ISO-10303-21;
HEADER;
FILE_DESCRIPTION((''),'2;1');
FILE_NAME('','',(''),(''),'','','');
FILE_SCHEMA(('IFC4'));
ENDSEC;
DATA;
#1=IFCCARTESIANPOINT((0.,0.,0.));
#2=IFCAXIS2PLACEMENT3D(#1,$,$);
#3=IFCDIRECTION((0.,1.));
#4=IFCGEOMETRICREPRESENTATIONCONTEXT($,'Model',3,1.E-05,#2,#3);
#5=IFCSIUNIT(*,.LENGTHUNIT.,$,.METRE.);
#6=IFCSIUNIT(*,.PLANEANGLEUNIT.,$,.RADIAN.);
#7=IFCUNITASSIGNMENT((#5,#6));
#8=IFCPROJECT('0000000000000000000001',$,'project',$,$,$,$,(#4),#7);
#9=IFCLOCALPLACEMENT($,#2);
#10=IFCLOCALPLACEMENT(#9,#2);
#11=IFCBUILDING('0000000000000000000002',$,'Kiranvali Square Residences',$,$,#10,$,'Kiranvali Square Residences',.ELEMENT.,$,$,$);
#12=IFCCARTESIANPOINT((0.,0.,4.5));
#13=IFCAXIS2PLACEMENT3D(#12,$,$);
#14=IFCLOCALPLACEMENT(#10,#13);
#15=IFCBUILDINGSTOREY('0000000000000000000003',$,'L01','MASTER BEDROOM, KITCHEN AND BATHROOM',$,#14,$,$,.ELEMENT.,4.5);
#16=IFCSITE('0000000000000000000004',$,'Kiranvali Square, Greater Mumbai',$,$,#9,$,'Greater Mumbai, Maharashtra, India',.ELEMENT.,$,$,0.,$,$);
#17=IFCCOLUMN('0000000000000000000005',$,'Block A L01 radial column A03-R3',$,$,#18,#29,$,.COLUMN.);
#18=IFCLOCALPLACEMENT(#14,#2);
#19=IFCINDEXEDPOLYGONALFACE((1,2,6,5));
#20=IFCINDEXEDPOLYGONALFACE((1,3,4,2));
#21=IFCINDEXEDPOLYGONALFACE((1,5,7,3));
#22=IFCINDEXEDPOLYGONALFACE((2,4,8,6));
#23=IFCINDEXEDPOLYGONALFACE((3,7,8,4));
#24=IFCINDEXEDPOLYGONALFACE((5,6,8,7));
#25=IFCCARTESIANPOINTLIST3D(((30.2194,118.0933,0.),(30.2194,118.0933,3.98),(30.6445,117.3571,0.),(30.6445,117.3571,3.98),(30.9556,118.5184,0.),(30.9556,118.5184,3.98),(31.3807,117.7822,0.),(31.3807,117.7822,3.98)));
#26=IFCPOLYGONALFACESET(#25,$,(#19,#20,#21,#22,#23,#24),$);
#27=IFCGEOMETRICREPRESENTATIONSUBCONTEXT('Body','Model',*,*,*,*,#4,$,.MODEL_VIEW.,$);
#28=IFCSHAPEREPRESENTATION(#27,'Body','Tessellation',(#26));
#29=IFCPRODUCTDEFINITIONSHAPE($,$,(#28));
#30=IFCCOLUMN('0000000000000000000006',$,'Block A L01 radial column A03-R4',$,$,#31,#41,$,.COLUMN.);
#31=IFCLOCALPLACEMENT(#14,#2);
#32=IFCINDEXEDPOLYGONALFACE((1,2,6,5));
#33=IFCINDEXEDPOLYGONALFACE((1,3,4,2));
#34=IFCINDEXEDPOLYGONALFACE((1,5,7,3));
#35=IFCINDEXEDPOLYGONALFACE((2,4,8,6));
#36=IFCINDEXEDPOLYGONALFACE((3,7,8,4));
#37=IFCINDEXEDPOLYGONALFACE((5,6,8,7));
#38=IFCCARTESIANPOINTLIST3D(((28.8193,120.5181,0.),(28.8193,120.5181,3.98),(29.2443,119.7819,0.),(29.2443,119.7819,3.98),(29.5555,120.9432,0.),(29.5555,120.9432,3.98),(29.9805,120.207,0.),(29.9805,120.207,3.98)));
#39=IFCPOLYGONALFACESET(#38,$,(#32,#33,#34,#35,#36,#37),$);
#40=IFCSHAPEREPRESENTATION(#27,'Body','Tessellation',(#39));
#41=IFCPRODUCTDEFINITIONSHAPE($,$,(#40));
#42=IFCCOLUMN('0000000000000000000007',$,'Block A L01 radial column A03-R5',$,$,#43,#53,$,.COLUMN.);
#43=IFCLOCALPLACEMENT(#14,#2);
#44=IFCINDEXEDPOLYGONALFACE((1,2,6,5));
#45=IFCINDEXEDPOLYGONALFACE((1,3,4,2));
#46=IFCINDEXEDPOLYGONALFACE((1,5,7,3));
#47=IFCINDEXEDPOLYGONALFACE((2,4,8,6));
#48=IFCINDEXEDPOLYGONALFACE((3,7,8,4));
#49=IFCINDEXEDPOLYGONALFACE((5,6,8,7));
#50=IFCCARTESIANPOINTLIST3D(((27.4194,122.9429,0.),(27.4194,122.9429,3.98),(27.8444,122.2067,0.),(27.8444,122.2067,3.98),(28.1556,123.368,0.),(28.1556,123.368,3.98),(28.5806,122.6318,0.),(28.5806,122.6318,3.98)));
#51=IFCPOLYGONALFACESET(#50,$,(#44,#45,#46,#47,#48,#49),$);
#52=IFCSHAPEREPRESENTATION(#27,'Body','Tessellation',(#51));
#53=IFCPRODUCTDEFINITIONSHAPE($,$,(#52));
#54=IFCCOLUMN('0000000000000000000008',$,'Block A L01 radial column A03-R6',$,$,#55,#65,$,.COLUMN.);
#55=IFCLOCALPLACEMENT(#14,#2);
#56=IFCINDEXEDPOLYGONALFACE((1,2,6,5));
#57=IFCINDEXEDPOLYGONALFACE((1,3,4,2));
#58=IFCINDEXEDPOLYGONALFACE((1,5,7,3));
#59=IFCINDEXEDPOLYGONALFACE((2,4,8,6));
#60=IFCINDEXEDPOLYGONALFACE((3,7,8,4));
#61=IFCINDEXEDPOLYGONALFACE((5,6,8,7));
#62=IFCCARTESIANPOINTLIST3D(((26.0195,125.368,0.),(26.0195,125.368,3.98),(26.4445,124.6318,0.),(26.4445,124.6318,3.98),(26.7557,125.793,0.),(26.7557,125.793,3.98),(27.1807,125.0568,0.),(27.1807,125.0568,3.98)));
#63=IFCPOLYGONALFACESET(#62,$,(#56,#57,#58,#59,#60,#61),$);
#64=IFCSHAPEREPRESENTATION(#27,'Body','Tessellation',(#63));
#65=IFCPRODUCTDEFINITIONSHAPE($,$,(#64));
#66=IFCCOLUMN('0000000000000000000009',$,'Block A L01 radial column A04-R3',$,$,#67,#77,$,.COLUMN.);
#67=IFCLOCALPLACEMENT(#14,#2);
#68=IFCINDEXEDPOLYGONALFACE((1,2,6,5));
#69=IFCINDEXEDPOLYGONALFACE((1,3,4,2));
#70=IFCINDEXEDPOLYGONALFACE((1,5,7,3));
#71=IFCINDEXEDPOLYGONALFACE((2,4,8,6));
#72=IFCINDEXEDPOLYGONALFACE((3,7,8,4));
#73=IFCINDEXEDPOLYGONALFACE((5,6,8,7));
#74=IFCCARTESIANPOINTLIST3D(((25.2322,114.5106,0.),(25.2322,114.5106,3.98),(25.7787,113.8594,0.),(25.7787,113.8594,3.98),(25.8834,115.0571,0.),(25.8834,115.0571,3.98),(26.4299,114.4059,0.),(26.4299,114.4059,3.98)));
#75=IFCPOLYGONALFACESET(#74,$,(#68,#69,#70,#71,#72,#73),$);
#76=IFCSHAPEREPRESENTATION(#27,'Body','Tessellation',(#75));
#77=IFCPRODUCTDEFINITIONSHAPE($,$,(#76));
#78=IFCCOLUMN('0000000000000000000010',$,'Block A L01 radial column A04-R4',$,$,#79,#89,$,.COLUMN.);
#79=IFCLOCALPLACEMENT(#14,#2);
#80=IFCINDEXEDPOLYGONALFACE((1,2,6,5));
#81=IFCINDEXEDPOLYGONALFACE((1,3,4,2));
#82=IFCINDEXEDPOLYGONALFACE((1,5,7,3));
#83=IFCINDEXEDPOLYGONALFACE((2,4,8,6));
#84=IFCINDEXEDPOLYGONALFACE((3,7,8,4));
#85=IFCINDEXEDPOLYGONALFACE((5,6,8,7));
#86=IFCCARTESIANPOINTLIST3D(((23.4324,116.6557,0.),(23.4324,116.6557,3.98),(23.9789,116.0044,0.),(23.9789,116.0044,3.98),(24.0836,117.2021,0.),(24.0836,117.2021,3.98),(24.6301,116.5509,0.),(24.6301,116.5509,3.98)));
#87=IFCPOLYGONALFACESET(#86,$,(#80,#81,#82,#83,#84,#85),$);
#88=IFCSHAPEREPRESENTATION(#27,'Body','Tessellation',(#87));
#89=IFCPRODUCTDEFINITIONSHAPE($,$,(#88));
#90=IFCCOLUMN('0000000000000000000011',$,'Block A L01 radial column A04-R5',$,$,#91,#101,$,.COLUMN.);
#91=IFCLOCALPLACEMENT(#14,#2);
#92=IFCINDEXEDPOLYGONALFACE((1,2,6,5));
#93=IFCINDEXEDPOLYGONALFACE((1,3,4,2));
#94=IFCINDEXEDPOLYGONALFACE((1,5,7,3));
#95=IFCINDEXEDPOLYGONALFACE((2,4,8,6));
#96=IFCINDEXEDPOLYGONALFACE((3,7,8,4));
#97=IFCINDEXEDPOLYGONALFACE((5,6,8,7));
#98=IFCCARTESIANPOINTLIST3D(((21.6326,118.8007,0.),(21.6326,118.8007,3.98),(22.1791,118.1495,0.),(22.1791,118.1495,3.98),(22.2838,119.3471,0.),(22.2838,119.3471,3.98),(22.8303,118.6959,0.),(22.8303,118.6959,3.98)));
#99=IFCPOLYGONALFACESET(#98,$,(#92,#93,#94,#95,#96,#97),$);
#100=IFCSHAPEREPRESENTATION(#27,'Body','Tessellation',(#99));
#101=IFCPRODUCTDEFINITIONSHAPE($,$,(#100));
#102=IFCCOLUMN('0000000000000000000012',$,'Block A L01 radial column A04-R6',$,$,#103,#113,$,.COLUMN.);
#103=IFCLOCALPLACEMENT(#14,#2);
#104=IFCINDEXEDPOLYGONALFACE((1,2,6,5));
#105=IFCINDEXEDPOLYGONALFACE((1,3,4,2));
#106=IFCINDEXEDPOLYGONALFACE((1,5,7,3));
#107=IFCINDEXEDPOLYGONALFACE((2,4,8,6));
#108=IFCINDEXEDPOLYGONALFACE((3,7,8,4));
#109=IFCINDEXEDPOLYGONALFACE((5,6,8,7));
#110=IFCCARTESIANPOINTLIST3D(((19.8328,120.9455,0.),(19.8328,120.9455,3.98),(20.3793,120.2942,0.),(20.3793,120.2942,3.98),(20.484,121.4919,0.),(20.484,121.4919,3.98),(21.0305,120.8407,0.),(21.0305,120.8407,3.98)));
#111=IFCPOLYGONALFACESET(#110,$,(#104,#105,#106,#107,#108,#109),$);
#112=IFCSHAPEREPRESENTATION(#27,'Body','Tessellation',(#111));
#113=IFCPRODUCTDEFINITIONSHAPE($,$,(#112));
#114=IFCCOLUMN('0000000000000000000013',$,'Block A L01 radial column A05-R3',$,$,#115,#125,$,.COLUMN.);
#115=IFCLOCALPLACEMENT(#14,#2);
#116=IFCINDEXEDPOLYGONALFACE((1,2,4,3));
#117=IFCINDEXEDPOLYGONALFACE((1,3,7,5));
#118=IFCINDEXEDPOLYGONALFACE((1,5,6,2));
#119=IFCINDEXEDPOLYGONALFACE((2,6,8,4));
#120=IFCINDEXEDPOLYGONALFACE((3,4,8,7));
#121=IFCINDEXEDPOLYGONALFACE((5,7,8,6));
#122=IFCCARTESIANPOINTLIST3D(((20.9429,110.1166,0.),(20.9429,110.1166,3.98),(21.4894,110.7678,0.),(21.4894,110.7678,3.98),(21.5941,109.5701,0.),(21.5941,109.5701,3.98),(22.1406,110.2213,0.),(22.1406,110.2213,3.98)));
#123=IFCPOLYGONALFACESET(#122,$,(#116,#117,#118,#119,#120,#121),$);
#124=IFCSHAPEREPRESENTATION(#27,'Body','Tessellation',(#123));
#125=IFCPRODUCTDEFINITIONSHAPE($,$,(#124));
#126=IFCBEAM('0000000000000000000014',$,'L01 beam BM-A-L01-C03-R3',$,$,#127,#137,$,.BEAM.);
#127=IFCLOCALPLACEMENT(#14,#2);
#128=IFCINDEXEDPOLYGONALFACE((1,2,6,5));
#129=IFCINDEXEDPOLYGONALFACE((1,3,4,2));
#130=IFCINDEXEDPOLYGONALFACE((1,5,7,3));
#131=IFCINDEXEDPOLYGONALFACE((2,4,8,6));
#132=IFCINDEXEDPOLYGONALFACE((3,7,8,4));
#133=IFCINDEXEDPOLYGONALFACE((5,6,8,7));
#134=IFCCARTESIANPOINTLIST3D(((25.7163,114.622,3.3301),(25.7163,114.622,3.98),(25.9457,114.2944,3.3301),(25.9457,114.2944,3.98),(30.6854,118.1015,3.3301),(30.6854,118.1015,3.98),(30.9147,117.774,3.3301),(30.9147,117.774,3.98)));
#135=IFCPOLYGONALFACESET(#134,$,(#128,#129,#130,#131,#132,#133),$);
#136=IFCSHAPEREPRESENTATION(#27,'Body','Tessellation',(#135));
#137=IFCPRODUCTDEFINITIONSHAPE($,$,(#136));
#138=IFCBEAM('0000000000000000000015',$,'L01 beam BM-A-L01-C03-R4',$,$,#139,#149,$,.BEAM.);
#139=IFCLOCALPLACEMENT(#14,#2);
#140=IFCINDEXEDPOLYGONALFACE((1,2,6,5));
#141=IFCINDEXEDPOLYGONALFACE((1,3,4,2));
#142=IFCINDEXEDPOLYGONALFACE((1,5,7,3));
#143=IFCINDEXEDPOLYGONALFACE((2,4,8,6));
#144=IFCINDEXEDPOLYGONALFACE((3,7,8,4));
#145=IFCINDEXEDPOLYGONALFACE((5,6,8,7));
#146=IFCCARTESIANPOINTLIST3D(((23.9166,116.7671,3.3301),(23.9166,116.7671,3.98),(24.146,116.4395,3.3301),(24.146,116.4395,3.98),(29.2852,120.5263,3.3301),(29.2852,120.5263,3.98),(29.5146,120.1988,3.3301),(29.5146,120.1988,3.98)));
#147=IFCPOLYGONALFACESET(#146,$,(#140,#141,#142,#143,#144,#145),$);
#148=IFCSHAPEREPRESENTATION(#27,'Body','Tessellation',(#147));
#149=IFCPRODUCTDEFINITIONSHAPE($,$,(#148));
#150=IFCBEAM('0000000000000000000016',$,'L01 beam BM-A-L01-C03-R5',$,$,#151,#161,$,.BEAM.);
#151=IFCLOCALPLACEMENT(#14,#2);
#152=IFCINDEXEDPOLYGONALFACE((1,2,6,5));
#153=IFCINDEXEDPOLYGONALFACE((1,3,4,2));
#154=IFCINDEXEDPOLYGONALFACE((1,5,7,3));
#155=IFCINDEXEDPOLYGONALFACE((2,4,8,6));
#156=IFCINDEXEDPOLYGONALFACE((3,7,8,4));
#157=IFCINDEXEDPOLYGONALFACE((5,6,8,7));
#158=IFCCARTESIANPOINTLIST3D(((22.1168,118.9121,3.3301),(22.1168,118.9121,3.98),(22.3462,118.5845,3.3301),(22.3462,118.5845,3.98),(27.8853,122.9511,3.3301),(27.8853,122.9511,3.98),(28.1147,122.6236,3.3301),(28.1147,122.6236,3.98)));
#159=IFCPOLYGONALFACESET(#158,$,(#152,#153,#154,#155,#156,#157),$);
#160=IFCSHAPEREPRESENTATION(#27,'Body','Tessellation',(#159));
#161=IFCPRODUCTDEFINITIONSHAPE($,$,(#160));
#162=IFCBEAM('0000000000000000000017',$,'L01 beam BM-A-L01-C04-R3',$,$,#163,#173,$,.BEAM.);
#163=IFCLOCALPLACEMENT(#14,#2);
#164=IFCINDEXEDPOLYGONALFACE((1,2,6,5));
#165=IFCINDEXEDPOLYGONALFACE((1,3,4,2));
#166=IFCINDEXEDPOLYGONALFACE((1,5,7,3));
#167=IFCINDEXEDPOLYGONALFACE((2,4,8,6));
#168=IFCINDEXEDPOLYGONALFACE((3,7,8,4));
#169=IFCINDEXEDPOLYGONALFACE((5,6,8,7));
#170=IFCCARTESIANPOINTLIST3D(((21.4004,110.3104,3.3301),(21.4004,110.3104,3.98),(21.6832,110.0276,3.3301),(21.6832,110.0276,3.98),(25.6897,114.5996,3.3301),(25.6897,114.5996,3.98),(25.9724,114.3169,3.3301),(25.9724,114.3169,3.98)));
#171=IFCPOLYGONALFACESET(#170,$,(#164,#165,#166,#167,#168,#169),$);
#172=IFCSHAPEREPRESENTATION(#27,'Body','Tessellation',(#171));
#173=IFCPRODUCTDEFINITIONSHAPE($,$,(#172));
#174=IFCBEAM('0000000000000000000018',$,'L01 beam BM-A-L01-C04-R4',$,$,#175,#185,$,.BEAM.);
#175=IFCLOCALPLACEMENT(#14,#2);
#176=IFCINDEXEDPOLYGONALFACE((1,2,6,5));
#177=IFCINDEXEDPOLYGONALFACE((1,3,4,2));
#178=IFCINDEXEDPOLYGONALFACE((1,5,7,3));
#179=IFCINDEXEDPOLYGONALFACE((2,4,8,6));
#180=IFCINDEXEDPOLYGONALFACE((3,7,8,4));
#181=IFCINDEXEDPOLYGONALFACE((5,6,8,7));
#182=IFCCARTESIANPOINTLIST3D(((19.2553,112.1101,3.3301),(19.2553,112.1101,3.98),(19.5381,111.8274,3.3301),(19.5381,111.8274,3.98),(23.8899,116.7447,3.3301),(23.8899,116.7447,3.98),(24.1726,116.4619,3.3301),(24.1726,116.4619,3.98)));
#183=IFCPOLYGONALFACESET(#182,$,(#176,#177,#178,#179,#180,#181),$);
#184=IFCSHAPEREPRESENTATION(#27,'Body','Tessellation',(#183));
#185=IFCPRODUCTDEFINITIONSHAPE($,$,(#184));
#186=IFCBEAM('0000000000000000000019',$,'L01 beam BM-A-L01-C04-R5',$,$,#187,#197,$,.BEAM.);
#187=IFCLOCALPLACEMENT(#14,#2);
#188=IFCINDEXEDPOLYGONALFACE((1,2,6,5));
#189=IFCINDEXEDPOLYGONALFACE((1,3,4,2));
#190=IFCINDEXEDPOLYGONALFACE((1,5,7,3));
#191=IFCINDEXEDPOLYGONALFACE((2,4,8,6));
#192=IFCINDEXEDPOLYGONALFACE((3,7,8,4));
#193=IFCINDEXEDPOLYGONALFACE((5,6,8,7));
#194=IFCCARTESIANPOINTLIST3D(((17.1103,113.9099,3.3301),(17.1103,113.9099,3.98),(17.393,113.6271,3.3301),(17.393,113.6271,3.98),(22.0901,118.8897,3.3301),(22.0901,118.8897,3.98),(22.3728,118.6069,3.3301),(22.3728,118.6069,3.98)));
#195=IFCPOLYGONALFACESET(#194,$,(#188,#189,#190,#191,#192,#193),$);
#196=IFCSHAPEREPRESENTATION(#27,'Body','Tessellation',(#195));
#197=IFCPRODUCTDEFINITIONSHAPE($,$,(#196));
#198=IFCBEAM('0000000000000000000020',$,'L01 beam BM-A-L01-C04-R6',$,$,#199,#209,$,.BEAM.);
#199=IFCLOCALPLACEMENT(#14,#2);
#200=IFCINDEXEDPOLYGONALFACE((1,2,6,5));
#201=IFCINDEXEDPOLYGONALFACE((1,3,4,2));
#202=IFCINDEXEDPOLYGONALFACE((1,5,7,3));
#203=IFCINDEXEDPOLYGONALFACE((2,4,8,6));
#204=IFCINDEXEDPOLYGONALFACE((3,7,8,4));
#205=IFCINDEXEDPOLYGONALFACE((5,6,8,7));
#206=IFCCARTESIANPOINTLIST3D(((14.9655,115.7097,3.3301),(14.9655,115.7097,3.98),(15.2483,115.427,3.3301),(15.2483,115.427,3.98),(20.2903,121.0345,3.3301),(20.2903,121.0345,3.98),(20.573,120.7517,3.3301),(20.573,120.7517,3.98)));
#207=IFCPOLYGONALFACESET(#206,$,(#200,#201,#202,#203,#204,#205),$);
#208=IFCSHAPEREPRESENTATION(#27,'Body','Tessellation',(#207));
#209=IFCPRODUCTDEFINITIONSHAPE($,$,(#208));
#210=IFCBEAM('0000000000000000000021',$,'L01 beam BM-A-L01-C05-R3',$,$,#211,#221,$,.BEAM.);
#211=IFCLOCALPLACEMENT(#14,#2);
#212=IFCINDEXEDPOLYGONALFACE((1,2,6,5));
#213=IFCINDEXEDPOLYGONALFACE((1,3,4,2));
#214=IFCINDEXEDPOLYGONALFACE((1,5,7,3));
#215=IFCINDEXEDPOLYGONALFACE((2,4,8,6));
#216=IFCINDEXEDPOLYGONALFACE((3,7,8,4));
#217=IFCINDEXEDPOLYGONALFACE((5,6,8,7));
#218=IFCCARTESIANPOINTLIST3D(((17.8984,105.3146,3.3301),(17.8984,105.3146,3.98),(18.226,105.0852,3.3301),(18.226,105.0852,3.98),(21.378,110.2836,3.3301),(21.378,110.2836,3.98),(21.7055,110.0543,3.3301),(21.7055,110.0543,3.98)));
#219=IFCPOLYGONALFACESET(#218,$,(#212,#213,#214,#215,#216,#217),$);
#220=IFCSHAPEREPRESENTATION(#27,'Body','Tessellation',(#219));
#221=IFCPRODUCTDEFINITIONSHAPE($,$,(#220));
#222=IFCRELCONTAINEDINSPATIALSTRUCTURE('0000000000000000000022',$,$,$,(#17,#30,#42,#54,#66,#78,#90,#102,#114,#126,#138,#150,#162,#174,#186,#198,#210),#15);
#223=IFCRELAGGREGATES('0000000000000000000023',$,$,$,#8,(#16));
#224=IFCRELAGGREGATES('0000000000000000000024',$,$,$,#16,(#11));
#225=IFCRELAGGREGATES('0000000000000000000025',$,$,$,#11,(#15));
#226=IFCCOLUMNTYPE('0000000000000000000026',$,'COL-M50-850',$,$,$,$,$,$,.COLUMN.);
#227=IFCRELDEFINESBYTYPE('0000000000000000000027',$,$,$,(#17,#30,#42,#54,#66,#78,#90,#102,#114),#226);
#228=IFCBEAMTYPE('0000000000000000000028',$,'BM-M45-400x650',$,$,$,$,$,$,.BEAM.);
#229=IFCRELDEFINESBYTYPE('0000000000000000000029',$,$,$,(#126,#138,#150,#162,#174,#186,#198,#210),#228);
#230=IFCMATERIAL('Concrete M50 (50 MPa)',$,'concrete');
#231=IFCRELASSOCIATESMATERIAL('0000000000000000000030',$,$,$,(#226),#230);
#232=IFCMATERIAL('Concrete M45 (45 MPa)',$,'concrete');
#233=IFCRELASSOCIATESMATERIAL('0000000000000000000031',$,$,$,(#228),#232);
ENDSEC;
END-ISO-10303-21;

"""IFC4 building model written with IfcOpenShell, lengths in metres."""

from ifc_helpers import new_model, si_unit, direction, frame, origin, origin_2d, place, context, subcontext, project, spatial, rectangle, extrude, material, material_profile, profile_set, type_object, element, save


model = new_model("IFC4")

# Units and contexts
model_context = context("Model", 3, precision=1e-05, world=origin(), true_north=direction((0.0, 1.0)))
body_context = subcontext(model_context, "Body", "Model", "MODEL_VIEW")
ifc_project = project(units=[si_unit("LENGTHUNIT", "METRE"), si_unit("PLANEANGLEUNIT", "RADIAN")], contexts=[model_context])

# Site, building, storey
site_placement = place(None, origin())
site = spatial("IfcSite", under=ifc_project, at=site_placement, Name="Kiranvali Square, Greater Mumbai", LongName="Greater Mumbai, Maharashtra, India", CompositionType="ELEMENT", RefElevation=0.0)
building_placement = place(site_placement, origin())
building = spatial("IfcBuilding", under=site, at=building_placement, Name="Kiranvali Square Residences", LongName="Kiranvali Square Residences", CompositionType="ELEMENT")
storey_placement = place(building_placement, frame((0.0, 0.0, 4.5)))
storey = spatial("IfcBuildingStorey", under=building, at=storey_placement, Name="L01", Description="MASTER BEDROOM, KITCHEN AND BATHROOM", CompositionType="ELEMENT", Elevation=4.5)

# Columns
ifc_material_1 = material(Name="Concrete M50 (50 MPa)", Category="concrete")
ifc_material_profile_1 = material_profile(ifc_material_1, rectangle(XDim=0.8501, YDim=0.8501, at=origin_2d()), Name="RC 850x850")
ifc_profile_set_1 = profile_set([ifc_material_profile_1], Name="Concrete M50 (50 MPa)")
column_type = type_object("IfcColumnType", Name="COL-M50-850", PredefinedType="COLUMN", material=ifc_profile_set_1)
for number, where, z_axis, x_axis, name in (
    (1, (30.8, 117.9377, 0.0), (0.0, 0.0, 1.0), (0.866025, 0.5, 0.0), "Block A L01 radial column A03-R3"),
    (2, (29.3999, 120.3625, 0.0), (0.0, 0.0, 1.0), (0.866025, 0.5, 0.0), "Block A L01 radial column A03-R4"),
    (3, (28.0, 122.7874, 0.0), (0.0, 0.0, 1.0), (0.866025, 0.5, 0.0), "Block A L01 radial column A03-R5"),
    (4, (26.6001, 125.2124, 0.0), (0.0, 0.0, 1.0), (0.866025, 0.5, 0.0), "Block A L01 radial column A03-R6"),
    (5, (25.8311, 114.4583, 0.0), (0.0, 0.0, 1.0), (0.766044, 0.642788, 0.0), "Block A L01 radial column A04-R3"),
    (6, (24.0312, 116.6033, 0.0), (0.0, 0.0, 1.0), (0.766044, 0.642788, 0.0), "Block A L01 radial column A04-R4"),
    (7, (22.2314, 118.7483, 0.0), (0.0, 0.0, 1.0), (0.766044, 0.642788, 0.0), "Block A L01 radial column A04-R5"),
    (8, (20.4316, 120.8931, 0.0), (0.0, 0.0, 1.0), (0.766044, 0.642788, 0.0), "Block A L01 radial column A04-R6"),
    (9, (21.5417, 110.1689, 0.0), (0.0, 0.0, 1.0), (0.642788, 0.766044, 0.0), "Block A L01 radial column A05-R3"),
):
    element("IfcColumn", number, at=place(storey_placement, frame(where, z_axis=z_axis, x_axis=x_axis)), inside=storey, type_object=column_type, Name=name, PredefinedType="COLUMN", context=body_context, shape_type="SweptSolid", body=[
        extrude(rectangle(XDim=0.8501, YDim=0.8501, at=origin_2d()), origin(), (0.0, 0.0, 1.0), 3.98),
    ])

# Beams
ifc_material_2 = material(Name="Concrete M45 (45 MPa)", Category="concrete")
ifc_material_profile_2 = material_profile(ifc_material_2, rectangle(XDim=0.3999, YDim=0.6499, at=origin_2d()), Name="RC 400x650")
ifc_profile_set_2 = profile_set([ifc_material_profile_2], Name="Concrete M45 (45 MPa)")
beam_type = type_object("IfcBeamType", Name="BM-M45-400x650", PredefinedType="BEAM", material=ifc_profile_set_2)
beam_1_placement = place(storey_placement, frame((30.8, 117.9377, 3.655), z_axis=(-0.819139, -0.573595, 0.0), x_axis=(0.573595, -0.819139, 0.0)))
element("IfcBeam", 10, at=beam_1_placement, inside=storey, type_object=beam_type, Name="L01 beam BM-A-L01-C03-R3", PredefinedType="BEAM", context=body_context, shape_type="SweptSolid", body=[
    extrude(rectangle(XDim=0.3999, YDim=0.6499, at=origin_2d()), origin(), (0.0, 0.0, 1.0), 6.0662),
])
beam_2_placement = place(storey_placement, frame((29.3999, 120.3625, 3.655), z_axis=(-0.819144, -0.573587, 0.0), x_axis=(0.573587, -0.819144, 0.0)))
element("IfcBeam", 11, at=beam_2_placement, inside=storey, type_object=beam_type, Name="L01 beam BM-A-L01-C03-R4", PredefinedType="BEAM", context=body_context, shape_type="SweptSolid", body=[
    extrude(rectangle(XDim=0.3999, YDim=0.6499, at=origin_2d()), origin(), (0.0, 0.0, 1.0), 6.554),
])
beam_3_placement = place(storey_placement, frame((28.0, 122.7874, 3.655), z_axis=(-0.81916, -0.573565, 0.0), x_axis=(0.573565, -0.81916, 0.0)))
element("IfcBeam", 12, at=beam_3_placement, inside=storey, type_object=beam_type, Name="L01 beam BM-A-L01-C03-R5", PredefinedType="BEAM", context=body_context, shape_type="SweptSolid", body=[
    extrude(rectangle(XDim=0.3999, YDim=0.6499, at=origin_2d()), origin(), (0.0, 0.0, 1.0), 7.042),
])
beam_4_placement = place(storey_placement, frame((25.8311, 114.4583, 3.655), z_axis=(-0.707107, -0.707107, 0.0), x_axis=(0.707107, -0.707107, 0.0)))
element("IfcBeam", 13, at=beam_4_placement, inside=storey, type_object=beam_type, Name="L01 beam BM-A-L01-C04-R3", PredefinedType="BEAM", context=body_context, shape_type="SweptSolid", body=[
    extrude(rectangle(XDim=0.3999, YDim=0.6499, at=origin_2d()), origin(), (0.0, 0.0, 1.0), 6.0659),
])
beam_5_placement = place(storey_placement, frame((24.0312, 116.6033, 3.655), z_axis=(-0.707107, -0.707107, 0.0), x_axis=(0.707107, -0.707107, 0.0)))
element("IfcBeam", 14, at=beam_5_placement, inside=storey, type_object=beam_type, Name="L01 beam BM-A-L01-C04-R4", PredefinedType="BEAM", context=body_context, shape_type="SweptSolid", body=[
    extrude(rectangle(XDim=0.3999, YDim=0.6499, at=origin_2d()), origin(), (0.0, 0.0, 1.0), 6.5542),
])
beam_6_placement = place(storey_placement, frame((22.2314, 118.7483, 3.655), z_axis=(-0.707107, -0.707107, 0.0), x_axis=(0.707107, -0.707107, 0.0)))
element("IfcBeam", 15, at=beam_6_placement, inside=storey, type_object=beam_type, Name="L01 beam BM-A-L01-C04-R5", PredefinedType="BEAM", context=body_context, shape_type="SweptSolid", body=[
    extrude(rectangle(XDim=0.3999, YDim=0.6499, at=origin_2d()), origin(), (0.0, 0.0, 1.0), 7.0425),
])
beam_7_placement = place(storey_placement, frame((20.4316, 120.8931, 3.655), z_axis=(-0.707107, -0.707107, 0.0), x_axis=(0.707107, -0.707107, 0.0)))
element("IfcBeam", 16, at=beam_7_placement, inside=storey, type_object=beam_type, Name="L01 beam BM-A-L01-C04-R6", PredefinedType="BEAM", context=body_context, shape_type="SweptSolid", body=[
    extrude(rectangle(XDim=0.3999, YDim=0.6499, at=origin_2d()), origin(), (0.0, 0.0, 1.0), 7.5303),
])
beam_8_placement = place(storey_placement, frame((21.5417, 110.1689, 3.655), z_axis=(-0.573595, -0.819139, 0.0), x_axis=(0.819139, -0.573595, 0.0)))
element("IfcBeam", 17, at=beam_8_placement, inside=storey, type_object=beam_type, Name="L01 beam BM-A-L01-C05-R3", PredefinedType="BEAM", context=body_context, shape_type="SweptSolid", body=[
    extrude(rectangle(XDim=0.3999, YDim=0.6499, at=origin_2d()), origin(), (0.0, 0.0, 1.0), 6.0662),
])

save(model, "model.ifc")
